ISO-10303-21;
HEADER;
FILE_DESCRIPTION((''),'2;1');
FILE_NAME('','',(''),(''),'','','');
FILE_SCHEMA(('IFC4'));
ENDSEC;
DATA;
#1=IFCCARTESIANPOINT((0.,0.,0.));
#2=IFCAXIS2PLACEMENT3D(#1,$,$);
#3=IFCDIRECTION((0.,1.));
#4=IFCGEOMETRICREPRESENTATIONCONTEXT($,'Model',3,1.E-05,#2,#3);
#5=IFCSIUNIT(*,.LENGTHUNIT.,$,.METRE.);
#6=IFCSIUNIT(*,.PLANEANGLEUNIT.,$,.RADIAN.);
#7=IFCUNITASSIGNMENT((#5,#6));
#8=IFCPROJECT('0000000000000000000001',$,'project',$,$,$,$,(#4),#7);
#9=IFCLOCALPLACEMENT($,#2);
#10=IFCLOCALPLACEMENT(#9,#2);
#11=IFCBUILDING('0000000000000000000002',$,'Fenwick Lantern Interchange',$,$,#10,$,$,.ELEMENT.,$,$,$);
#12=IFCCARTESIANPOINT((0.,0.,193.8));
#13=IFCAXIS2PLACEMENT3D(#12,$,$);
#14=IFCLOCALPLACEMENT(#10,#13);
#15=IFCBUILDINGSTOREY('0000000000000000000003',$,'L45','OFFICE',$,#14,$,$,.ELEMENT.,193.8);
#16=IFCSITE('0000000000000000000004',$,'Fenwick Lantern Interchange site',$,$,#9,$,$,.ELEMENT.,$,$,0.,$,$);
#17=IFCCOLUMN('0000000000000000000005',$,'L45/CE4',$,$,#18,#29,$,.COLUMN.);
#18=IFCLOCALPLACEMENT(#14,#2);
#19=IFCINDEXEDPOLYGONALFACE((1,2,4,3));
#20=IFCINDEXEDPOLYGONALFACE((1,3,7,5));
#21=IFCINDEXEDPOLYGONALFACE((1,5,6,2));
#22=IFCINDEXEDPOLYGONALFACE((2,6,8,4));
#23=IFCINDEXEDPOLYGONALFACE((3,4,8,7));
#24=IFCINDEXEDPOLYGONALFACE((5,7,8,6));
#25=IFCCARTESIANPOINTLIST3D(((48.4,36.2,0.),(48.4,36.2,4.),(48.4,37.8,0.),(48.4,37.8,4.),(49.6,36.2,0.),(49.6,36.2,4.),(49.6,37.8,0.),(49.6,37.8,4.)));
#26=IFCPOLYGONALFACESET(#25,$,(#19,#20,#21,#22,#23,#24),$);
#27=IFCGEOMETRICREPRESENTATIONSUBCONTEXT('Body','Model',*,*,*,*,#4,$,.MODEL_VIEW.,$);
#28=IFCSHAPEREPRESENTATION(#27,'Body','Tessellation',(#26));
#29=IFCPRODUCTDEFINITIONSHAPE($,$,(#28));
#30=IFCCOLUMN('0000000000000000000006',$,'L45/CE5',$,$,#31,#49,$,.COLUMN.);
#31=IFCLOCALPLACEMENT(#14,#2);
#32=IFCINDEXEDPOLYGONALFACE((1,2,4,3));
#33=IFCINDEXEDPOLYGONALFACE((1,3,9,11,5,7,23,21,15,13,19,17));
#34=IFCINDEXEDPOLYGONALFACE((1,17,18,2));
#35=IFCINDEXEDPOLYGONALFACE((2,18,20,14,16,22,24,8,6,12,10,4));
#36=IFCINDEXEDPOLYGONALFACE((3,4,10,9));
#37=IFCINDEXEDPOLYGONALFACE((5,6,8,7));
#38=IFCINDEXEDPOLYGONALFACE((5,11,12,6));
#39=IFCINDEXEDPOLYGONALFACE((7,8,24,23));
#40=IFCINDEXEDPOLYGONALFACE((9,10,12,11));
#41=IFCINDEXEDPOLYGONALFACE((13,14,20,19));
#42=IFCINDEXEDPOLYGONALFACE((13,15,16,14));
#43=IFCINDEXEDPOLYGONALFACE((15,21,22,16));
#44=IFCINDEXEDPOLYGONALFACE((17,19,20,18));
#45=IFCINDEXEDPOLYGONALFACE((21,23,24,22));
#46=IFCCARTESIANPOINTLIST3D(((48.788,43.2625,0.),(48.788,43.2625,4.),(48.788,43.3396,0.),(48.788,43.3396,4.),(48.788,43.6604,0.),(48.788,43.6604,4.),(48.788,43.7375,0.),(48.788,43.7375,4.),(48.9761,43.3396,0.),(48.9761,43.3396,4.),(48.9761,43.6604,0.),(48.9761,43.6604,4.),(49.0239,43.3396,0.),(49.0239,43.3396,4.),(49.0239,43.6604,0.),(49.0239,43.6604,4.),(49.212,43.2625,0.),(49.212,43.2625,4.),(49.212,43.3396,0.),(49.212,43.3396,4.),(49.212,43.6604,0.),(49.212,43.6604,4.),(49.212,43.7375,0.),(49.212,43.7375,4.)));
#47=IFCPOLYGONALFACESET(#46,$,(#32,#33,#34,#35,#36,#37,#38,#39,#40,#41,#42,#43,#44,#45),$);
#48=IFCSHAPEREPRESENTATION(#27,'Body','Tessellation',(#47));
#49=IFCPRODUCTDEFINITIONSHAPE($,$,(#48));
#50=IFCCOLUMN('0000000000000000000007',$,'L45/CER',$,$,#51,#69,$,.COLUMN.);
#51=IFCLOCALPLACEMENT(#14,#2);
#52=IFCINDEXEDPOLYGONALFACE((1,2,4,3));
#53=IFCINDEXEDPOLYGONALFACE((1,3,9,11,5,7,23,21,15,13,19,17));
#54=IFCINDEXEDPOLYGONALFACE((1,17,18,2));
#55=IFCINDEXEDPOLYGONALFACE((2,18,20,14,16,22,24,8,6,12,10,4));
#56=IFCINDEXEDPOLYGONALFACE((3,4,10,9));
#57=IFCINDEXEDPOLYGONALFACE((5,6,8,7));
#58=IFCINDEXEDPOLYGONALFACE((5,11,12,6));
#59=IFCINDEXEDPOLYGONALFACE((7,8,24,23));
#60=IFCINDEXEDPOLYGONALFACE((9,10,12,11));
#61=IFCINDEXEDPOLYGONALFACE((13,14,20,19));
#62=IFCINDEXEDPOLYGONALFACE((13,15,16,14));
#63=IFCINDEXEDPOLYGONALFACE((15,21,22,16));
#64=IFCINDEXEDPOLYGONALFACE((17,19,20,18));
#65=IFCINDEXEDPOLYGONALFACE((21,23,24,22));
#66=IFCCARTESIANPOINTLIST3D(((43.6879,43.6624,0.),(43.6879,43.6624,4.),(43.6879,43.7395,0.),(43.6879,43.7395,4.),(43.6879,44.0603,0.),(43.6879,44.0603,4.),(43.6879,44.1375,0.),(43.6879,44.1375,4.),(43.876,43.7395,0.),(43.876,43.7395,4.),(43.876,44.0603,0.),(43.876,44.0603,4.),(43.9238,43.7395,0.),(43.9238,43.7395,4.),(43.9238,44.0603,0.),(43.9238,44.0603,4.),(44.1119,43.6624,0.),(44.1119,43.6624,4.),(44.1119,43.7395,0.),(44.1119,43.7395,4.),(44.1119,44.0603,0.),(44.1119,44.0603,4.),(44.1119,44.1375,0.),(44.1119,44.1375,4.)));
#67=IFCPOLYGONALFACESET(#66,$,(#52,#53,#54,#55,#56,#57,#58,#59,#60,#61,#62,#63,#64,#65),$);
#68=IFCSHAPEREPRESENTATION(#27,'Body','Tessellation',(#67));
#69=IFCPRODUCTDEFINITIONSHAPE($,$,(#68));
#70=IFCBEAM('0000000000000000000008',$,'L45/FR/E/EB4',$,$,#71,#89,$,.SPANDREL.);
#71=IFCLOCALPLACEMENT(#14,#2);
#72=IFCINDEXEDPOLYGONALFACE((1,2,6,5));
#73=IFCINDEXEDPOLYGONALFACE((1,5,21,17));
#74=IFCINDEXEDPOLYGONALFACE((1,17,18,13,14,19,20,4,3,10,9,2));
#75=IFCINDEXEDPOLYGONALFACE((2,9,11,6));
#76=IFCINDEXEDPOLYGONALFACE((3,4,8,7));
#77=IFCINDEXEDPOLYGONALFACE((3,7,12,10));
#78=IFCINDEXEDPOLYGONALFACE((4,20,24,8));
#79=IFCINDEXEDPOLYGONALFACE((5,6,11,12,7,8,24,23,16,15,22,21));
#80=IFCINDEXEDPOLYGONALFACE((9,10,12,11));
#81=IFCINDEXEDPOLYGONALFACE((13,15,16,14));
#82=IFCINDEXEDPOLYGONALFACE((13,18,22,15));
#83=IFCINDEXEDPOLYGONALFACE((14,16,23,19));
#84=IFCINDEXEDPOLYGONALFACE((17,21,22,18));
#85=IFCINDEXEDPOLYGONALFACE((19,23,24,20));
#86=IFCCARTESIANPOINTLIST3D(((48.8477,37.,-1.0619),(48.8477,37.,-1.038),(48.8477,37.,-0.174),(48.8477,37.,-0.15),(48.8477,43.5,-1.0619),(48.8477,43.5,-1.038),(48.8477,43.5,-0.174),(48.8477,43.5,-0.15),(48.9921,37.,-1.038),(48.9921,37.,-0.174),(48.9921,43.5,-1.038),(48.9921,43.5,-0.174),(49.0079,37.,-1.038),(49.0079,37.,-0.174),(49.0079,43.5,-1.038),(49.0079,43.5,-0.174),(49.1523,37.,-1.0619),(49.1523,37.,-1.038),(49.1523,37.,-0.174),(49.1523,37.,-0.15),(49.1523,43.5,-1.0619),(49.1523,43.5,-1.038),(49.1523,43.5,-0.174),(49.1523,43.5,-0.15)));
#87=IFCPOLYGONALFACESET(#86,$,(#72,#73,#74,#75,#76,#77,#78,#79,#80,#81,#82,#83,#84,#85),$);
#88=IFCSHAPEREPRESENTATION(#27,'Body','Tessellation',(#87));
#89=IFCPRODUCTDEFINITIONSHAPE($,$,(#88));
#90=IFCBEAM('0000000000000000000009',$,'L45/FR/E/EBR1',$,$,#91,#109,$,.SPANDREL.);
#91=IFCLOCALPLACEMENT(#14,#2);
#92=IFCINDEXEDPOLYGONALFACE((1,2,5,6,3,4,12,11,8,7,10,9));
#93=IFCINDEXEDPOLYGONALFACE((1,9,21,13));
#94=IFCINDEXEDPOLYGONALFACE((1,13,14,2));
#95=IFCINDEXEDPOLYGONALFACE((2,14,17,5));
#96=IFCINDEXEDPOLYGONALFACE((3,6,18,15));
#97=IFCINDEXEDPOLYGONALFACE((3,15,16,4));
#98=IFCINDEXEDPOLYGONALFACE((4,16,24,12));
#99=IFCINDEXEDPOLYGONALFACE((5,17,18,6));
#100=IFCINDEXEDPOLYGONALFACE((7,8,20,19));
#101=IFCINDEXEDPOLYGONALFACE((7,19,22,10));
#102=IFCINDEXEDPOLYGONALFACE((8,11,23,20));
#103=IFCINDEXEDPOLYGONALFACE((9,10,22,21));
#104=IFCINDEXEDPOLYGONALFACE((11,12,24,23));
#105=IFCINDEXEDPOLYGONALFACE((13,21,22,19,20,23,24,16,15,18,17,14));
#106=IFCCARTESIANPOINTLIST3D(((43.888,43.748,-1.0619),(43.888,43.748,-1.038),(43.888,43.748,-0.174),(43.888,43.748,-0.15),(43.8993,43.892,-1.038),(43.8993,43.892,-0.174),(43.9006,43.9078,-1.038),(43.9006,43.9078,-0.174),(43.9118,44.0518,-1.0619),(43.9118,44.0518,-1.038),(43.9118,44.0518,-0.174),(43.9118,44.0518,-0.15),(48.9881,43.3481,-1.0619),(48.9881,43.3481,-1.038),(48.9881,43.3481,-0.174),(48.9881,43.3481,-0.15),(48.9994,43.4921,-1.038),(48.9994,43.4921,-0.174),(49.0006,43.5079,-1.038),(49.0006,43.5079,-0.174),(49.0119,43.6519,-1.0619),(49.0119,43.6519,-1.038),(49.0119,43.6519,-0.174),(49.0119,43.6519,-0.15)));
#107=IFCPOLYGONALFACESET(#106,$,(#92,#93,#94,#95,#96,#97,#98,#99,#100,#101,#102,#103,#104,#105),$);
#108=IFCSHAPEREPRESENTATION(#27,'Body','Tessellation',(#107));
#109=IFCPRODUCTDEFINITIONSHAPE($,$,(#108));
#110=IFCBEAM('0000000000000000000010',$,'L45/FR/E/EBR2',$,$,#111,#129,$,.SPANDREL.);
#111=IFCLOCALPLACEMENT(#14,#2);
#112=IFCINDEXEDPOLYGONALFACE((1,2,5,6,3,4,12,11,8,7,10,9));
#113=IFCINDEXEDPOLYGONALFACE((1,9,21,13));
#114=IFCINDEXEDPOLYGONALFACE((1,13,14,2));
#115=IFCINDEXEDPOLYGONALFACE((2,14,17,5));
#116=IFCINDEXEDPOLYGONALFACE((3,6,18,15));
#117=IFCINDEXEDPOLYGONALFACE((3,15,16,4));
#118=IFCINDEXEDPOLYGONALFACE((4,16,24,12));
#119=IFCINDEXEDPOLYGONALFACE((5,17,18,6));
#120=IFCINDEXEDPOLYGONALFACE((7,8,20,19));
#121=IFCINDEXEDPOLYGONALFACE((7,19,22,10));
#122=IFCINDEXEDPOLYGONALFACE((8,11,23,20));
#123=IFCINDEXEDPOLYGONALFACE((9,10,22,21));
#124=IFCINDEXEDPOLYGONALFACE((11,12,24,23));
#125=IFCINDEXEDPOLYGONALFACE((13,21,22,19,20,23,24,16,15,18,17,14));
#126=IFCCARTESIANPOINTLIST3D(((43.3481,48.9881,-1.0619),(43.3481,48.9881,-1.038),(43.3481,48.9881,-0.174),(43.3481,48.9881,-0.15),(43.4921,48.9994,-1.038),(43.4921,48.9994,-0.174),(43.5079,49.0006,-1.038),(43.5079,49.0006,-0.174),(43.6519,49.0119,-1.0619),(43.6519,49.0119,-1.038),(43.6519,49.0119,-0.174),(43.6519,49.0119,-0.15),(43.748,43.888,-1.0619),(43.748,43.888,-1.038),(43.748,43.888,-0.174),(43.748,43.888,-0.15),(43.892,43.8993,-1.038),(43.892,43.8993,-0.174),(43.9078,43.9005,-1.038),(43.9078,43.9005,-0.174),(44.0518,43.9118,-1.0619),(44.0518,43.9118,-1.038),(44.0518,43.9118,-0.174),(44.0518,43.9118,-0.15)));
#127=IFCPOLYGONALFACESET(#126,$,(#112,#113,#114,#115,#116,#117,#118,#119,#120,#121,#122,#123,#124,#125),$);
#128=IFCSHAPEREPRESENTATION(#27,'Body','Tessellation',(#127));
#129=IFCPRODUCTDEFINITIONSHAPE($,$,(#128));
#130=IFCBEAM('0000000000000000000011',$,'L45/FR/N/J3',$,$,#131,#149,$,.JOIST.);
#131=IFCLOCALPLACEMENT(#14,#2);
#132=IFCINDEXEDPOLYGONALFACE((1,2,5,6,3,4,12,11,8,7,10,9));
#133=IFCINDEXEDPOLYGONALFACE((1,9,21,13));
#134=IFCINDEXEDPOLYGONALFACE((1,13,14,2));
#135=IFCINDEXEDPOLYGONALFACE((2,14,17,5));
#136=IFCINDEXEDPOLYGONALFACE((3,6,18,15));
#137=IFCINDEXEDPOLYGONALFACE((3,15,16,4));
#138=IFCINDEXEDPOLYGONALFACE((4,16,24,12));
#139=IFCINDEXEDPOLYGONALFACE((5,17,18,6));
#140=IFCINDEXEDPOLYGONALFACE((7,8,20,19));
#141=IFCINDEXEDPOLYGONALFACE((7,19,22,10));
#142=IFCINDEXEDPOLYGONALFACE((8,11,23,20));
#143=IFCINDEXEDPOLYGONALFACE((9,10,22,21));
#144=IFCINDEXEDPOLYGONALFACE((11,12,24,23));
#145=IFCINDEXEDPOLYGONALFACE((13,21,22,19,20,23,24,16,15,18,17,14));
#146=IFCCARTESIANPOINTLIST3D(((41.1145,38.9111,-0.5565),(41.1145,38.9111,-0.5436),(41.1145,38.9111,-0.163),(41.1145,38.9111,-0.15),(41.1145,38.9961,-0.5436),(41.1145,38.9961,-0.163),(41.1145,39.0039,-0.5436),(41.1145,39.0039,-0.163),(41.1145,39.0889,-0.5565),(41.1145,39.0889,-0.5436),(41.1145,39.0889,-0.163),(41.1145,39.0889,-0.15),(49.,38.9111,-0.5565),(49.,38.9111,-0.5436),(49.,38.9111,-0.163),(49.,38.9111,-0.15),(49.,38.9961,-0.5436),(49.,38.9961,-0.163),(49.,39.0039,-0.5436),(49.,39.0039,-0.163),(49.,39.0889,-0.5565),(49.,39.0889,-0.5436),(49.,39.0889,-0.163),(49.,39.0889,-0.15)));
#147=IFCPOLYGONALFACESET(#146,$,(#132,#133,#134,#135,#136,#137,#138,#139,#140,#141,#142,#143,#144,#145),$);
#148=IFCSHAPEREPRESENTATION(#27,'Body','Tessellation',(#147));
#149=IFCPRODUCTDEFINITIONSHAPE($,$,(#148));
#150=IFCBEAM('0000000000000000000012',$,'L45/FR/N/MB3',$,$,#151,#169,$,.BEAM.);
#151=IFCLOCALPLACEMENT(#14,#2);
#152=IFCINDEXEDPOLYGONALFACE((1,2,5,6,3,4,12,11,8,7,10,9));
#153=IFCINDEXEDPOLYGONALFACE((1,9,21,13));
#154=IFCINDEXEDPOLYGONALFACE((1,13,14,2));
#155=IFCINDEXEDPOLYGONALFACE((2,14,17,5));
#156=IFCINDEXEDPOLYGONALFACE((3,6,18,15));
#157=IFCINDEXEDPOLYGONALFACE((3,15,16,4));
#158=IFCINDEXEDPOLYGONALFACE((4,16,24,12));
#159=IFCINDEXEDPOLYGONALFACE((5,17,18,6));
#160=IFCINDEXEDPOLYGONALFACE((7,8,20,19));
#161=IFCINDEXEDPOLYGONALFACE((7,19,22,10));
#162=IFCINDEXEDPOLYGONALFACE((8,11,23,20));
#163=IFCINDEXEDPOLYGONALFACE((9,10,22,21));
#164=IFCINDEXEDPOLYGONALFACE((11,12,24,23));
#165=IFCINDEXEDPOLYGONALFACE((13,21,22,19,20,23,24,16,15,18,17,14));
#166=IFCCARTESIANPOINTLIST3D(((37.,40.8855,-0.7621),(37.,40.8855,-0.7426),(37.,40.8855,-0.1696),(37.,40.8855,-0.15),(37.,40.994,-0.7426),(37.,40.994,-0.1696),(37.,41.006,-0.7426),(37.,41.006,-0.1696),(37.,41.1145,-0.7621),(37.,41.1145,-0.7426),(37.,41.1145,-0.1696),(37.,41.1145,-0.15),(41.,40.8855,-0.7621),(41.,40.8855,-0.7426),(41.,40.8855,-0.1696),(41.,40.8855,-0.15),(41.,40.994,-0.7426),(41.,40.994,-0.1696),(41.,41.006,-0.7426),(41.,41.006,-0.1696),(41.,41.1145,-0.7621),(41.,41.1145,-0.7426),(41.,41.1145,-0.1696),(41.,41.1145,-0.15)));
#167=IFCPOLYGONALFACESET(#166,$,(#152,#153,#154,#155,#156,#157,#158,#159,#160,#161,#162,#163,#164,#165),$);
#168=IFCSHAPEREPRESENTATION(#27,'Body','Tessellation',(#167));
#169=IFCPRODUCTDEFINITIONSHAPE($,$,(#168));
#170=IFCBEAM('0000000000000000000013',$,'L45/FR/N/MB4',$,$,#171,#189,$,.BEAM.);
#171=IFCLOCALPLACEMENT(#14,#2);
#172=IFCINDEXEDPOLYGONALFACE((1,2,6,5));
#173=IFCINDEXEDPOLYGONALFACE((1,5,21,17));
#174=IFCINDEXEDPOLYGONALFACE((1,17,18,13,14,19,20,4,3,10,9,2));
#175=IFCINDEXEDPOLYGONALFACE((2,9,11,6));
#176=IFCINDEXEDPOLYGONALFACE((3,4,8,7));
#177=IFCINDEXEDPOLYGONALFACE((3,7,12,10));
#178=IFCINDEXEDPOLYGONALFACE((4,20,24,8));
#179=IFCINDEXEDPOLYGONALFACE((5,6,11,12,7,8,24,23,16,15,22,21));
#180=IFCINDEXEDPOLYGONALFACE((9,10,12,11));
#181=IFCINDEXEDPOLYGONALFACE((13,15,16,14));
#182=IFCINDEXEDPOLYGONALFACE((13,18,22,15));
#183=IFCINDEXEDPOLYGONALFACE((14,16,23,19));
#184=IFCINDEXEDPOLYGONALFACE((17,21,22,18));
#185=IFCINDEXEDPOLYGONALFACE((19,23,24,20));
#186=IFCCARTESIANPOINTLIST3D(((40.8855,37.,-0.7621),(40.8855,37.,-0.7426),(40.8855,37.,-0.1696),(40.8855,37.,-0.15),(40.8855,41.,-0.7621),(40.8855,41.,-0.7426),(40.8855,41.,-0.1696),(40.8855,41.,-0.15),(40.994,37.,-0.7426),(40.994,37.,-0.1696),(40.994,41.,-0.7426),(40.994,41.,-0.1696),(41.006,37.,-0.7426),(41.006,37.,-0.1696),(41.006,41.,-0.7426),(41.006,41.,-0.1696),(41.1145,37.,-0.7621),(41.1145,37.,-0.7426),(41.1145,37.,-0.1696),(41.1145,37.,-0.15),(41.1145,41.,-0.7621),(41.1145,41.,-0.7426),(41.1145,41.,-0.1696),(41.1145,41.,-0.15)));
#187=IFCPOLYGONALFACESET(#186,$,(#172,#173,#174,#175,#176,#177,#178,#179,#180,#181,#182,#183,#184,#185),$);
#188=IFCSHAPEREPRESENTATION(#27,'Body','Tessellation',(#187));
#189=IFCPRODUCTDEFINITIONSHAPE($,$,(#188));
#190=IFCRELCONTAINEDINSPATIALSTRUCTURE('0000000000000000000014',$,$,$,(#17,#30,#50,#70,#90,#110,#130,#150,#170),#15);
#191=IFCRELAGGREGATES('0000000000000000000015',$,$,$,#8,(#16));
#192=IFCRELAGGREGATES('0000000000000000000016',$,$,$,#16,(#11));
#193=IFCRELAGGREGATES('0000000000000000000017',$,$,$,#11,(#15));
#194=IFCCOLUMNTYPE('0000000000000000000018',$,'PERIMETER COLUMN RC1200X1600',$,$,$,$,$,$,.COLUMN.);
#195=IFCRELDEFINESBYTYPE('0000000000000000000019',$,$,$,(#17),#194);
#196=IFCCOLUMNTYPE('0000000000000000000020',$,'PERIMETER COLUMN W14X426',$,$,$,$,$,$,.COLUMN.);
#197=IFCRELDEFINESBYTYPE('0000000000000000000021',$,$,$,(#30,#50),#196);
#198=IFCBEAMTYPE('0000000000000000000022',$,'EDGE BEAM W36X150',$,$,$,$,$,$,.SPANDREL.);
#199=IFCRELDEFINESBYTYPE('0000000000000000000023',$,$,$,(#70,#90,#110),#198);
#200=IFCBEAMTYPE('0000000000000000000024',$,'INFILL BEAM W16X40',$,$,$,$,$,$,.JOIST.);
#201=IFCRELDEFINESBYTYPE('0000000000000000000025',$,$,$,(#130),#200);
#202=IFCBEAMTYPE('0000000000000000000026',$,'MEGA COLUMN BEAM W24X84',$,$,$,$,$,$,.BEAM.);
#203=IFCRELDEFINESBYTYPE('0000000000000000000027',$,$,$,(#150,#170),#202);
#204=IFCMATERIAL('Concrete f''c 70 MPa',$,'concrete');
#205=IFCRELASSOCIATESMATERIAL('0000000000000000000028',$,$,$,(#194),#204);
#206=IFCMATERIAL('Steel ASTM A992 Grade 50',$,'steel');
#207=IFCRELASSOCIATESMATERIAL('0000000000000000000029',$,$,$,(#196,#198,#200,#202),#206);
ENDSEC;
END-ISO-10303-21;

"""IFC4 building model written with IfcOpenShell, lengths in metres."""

from ifc_helpers import new_model, si_unit, direction, frame, origin, origin_2d, place, context, subcontext, project, spatial, rectangle, i_section, extrude, material, material_profile, profile_set, type_object, element, save


model = new_model("IFC4")

# Units and contexts
model_context = context("Model", 3, precision=1e-05, world=origin(), true_north=direction((0.0, 1.0)))
body_context = subcontext(model_context, "Body", "Model", "MODEL_VIEW")
ifc_project = project(units=[si_unit("LENGTHUNIT", "METRE"), si_unit("PLANEANGLEUNIT", "RADIAN")], contexts=[model_context])

# Site, building, storey
site_placement = place(None, origin())
site = spatial("IfcSite", under=ifc_project, at=site_placement, Name="Fenwick Lantern Interchange site", CompositionType="ELEMENT", RefElevation=0.0)
building_placement = place(site_placement, origin())
building = spatial("IfcBuilding", under=site, at=building_placement, Name="Fenwick Lantern Interchange", CompositionType="ELEMENT")
storey_placement = place(building_placement, frame((0.0, 0.0, 193.8)))
storey = spatial("IfcBuildingStorey", under=building, at=storey_placement, Name="L45", Description="OFFICE", CompositionType="ELEMENT", Elevation=193.8)

# Columns
ifc_material_1 = material(Name="Concrete f'c 70 MPa", Category="concrete")
ifc_material_profile_1 = material_profile(ifc_material_1, rectangle(XDim=1.2, YDim=1.6001, at=origin_2d()), Name="RC1200X1600")
ifc_profile_set_1 = profile_set([ifc_material_profile_1], Name="Concrete f'c 70 MPa")
column_type_1 = type_object("IfcColumnType", Name="PERIMETER COLUMN RC1200X1600", PredefinedType="COLUMN", material=ifc_profile_set_1)
column_placement = place(storey_placement, frame((49.0, 37.0, 0.0), z_axis=(0.0, 0.0, 1.0), x_axis=(1.0, 0.0, 0.0)))
element("IfcColumn", 1, at=column_placement, inside=storey, type_object=column_type_1, Name="L45/CE4", PredefinedType="COLUMN", context=body_context, shape_type="SweptSolid", body=[
    extrude(rectangle(XDim=1.2, YDim=1.6001, at=origin_2d()), origin(), (0.0, 0.0, 1.0), 4.0),
])
ifc_material_2 = material(Name="Steel ASTM A992 Grade 50", Category="steel")
ifc_material_profile_2 = material_profile(ifc_material_2, i_section(OverallWidth=0.4241, OverallDepth=0.4751, WebThickness=0.0479, FlangeThickness=0.0771, at=origin_2d()), Name="W14X426")
ifc_profile_set_2 = profile_set([ifc_material_profile_2], Name="Steel ASTM A992 Grade 50")
column_type_2 = type_object("IfcColumnType", Name="PERIMETER COLUMN W14X426", PredefinedType="COLUMN", material=ifc_profile_set_2)
for number, where, z_axis, x_axis, name in (
    (2, (49.0, 43.5, 0.0), (0.0, 0.0, 1.0), (1.0, 0.0, 0.0), "L45/CE5"),
    (3, (43.8999, 43.8999, 0.0), (0.0, 0.0, 1.0), (1.0, 0.0, 0.0), "L45/CER"),
):
    element("IfcColumn", number, at=place(storey_placement, frame(where, z_axis=z_axis, x_axis=x_axis)), inside=storey, type_object=column_type_2, Name=name, PredefinedType="COLUMN", context=body_context, shape_type="SweptSolid", body=[
        extrude(i_section(OverallWidth=0.4241, OverallDepth=0.4751, WebThickness=0.0479, FlangeThickness=0.0771, at=origin_2d()), origin(), (0.0, 0.0, 1.0), 4.0),
    ])

# Beams
ifc_material_profile_3 = material_profile(ifc_material_2, i_section(OverallWidth=0.3047, OverallDepth=0.9119, WebThickness=0.0159, FlangeThickness=0.0239, at=origin_2d()), Name="W36X150")
ifc_profile_set_3 = profile_set([ifc_material_profile_3], Name="Steel ASTM A992 Grade 50")
beam_type_1 = type_object("IfcBeamType", Name="EDGE BEAM W36X150", PredefinedType="SPANDREL", material=ifc_profile_set_3)
beam_1_placement = place(storey_placement, frame((49.0, 37.0, -0.606), z_axis=(0.0, 1.0, 0.0), x_axis=(-1.0, 0.0, 0.0)))
element("IfcBeam", 4, at=beam_1_placement, inside=storey, type_object=beam_type_1, Name="L45/FR/E/EB4", PredefinedType="SPANDREL", context=body_context, shape_type="SweptSolid", body=[
    extrude(i_section(OverallWidth=0.3047, OverallDepth=0.9119, WebThickness=0.0159, FlangeThickness=0.0239, at=origin_2d()), origin(), (0.0, 0.0, 1.0), 6.5),
])
for number, where, z_axis, x_axis, name in (
    (5, (49.0, 43.5, -0.606), (-0.99694, 0.078171, 0.0), (-0.078171, -0.99694, 0.0), "L45/FR/E/EBR1"),
    (6, (43.8999, 43.8999, -0.606), (-0.078171, 0.99694, 0.0), (-0.99694, -0.078171, 0.0), "L45/FR/E/EBR2"),
):
    element("IfcBeam", number, at=place(storey_placement, frame(where, z_axis=z_axis, x_axis=x_axis)), inside=storey, type_object=beam_type_1, Name=name, PredefinedType="SPANDREL", context=body_context, shape_type="SweptSolid", body=[
        extrude(i_section(OverallWidth=0.3047, OverallDepth=0.9119, WebThickness=0.0159, FlangeThickness=0.0239, at=origin_2d()), origin(), (0.0, 0.0, 1.0), 5.1157),
    ])
ifc_material_profile_4 = material_profile(ifc_material_2, i_section(OverallWidth=0.1777, OverallDepth=0.4065, WebThickness=0.0078, FlangeThickness=0.0129, at=origin_2d()), Name="W16X40")
ifc_profile_set_4 = profile_set([ifc_material_profile_4], Name="Steel ASTM A992 Grade 50")
beam_type_2 = type_object("IfcBeamType", Name="INFILL BEAM W16X40", PredefinedType="JOIST", material=ifc_profile_set_4)
beam_2_placement = place(storey_placement, frame((49.0, 39.0, -0.3533), z_axis=(-1.0, 0.0, 0.0), x_axis=(0.0, -1.0, 0.0)))
element("IfcBeam", 7, at=beam_2_placement, inside=storey, type_object=beam_type_2, Name="L45/FR/N/J3", PredefinedType="JOIST", context=body_context, shape_type="SweptSolid", body=[
    extrude(i_section(OverallWidth=0.1777, OverallDepth=0.4065, WebThickness=0.0078, FlangeThickness=0.0129, at=origin_2d()), origin(), (0.0, 0.0, 1.0), 7.8855),
])
ifc_material_profile_5 = material_profile(ifc_material_2, i_section(OverallWidth=0.229, OverallDepth=0.6121, WebThickness=0.012, FlangeThickness=0.0195, at=origin_2d()), Name="W24X84")
ifc_profile_set_5 = profile_set([ifc_material_profile_5], Name="Steel ASTM A992 Grade 50")
beam_type_3 = type_object("IfcBeamType", Name="MEGA COLUMN BEAM W24X84", PredefinedType="BEAM", material=ifc_profile_set_5)
for number, where, z_axis, x_axis, name in (
    (8, (41.0, 41.0, -0.4561), (-1.0, 0.0, 0.0), (0.0, -1.0, 0.0), "L45/FR/N/MB3"),
    (9, (41.0, 41.0, -0.4561), (0.0, -1.0, 0.0), (1.0, 0.0, 0.0), "L45/FR/N/MB4"),
):
    element("IfcBeam", number, at=place(storey_placement, frame(where, z_axis=z_axis, x_axis=x_axis)), inside=storey, type_object=beam_type_3, Name=name, PredefinedType="BEAM", context=body_context, shape_type="SweptSolid", body=[
        extrude(i_section(OverallWidth=0.229, OverallDepth=0.6121, WebThickness=0.012, FlangeThickness=0.0195, at=origin_2d()), origin(), (0.0, 0.0, 1.0), 4.0),
    ])

save(model, "model.ifc")
